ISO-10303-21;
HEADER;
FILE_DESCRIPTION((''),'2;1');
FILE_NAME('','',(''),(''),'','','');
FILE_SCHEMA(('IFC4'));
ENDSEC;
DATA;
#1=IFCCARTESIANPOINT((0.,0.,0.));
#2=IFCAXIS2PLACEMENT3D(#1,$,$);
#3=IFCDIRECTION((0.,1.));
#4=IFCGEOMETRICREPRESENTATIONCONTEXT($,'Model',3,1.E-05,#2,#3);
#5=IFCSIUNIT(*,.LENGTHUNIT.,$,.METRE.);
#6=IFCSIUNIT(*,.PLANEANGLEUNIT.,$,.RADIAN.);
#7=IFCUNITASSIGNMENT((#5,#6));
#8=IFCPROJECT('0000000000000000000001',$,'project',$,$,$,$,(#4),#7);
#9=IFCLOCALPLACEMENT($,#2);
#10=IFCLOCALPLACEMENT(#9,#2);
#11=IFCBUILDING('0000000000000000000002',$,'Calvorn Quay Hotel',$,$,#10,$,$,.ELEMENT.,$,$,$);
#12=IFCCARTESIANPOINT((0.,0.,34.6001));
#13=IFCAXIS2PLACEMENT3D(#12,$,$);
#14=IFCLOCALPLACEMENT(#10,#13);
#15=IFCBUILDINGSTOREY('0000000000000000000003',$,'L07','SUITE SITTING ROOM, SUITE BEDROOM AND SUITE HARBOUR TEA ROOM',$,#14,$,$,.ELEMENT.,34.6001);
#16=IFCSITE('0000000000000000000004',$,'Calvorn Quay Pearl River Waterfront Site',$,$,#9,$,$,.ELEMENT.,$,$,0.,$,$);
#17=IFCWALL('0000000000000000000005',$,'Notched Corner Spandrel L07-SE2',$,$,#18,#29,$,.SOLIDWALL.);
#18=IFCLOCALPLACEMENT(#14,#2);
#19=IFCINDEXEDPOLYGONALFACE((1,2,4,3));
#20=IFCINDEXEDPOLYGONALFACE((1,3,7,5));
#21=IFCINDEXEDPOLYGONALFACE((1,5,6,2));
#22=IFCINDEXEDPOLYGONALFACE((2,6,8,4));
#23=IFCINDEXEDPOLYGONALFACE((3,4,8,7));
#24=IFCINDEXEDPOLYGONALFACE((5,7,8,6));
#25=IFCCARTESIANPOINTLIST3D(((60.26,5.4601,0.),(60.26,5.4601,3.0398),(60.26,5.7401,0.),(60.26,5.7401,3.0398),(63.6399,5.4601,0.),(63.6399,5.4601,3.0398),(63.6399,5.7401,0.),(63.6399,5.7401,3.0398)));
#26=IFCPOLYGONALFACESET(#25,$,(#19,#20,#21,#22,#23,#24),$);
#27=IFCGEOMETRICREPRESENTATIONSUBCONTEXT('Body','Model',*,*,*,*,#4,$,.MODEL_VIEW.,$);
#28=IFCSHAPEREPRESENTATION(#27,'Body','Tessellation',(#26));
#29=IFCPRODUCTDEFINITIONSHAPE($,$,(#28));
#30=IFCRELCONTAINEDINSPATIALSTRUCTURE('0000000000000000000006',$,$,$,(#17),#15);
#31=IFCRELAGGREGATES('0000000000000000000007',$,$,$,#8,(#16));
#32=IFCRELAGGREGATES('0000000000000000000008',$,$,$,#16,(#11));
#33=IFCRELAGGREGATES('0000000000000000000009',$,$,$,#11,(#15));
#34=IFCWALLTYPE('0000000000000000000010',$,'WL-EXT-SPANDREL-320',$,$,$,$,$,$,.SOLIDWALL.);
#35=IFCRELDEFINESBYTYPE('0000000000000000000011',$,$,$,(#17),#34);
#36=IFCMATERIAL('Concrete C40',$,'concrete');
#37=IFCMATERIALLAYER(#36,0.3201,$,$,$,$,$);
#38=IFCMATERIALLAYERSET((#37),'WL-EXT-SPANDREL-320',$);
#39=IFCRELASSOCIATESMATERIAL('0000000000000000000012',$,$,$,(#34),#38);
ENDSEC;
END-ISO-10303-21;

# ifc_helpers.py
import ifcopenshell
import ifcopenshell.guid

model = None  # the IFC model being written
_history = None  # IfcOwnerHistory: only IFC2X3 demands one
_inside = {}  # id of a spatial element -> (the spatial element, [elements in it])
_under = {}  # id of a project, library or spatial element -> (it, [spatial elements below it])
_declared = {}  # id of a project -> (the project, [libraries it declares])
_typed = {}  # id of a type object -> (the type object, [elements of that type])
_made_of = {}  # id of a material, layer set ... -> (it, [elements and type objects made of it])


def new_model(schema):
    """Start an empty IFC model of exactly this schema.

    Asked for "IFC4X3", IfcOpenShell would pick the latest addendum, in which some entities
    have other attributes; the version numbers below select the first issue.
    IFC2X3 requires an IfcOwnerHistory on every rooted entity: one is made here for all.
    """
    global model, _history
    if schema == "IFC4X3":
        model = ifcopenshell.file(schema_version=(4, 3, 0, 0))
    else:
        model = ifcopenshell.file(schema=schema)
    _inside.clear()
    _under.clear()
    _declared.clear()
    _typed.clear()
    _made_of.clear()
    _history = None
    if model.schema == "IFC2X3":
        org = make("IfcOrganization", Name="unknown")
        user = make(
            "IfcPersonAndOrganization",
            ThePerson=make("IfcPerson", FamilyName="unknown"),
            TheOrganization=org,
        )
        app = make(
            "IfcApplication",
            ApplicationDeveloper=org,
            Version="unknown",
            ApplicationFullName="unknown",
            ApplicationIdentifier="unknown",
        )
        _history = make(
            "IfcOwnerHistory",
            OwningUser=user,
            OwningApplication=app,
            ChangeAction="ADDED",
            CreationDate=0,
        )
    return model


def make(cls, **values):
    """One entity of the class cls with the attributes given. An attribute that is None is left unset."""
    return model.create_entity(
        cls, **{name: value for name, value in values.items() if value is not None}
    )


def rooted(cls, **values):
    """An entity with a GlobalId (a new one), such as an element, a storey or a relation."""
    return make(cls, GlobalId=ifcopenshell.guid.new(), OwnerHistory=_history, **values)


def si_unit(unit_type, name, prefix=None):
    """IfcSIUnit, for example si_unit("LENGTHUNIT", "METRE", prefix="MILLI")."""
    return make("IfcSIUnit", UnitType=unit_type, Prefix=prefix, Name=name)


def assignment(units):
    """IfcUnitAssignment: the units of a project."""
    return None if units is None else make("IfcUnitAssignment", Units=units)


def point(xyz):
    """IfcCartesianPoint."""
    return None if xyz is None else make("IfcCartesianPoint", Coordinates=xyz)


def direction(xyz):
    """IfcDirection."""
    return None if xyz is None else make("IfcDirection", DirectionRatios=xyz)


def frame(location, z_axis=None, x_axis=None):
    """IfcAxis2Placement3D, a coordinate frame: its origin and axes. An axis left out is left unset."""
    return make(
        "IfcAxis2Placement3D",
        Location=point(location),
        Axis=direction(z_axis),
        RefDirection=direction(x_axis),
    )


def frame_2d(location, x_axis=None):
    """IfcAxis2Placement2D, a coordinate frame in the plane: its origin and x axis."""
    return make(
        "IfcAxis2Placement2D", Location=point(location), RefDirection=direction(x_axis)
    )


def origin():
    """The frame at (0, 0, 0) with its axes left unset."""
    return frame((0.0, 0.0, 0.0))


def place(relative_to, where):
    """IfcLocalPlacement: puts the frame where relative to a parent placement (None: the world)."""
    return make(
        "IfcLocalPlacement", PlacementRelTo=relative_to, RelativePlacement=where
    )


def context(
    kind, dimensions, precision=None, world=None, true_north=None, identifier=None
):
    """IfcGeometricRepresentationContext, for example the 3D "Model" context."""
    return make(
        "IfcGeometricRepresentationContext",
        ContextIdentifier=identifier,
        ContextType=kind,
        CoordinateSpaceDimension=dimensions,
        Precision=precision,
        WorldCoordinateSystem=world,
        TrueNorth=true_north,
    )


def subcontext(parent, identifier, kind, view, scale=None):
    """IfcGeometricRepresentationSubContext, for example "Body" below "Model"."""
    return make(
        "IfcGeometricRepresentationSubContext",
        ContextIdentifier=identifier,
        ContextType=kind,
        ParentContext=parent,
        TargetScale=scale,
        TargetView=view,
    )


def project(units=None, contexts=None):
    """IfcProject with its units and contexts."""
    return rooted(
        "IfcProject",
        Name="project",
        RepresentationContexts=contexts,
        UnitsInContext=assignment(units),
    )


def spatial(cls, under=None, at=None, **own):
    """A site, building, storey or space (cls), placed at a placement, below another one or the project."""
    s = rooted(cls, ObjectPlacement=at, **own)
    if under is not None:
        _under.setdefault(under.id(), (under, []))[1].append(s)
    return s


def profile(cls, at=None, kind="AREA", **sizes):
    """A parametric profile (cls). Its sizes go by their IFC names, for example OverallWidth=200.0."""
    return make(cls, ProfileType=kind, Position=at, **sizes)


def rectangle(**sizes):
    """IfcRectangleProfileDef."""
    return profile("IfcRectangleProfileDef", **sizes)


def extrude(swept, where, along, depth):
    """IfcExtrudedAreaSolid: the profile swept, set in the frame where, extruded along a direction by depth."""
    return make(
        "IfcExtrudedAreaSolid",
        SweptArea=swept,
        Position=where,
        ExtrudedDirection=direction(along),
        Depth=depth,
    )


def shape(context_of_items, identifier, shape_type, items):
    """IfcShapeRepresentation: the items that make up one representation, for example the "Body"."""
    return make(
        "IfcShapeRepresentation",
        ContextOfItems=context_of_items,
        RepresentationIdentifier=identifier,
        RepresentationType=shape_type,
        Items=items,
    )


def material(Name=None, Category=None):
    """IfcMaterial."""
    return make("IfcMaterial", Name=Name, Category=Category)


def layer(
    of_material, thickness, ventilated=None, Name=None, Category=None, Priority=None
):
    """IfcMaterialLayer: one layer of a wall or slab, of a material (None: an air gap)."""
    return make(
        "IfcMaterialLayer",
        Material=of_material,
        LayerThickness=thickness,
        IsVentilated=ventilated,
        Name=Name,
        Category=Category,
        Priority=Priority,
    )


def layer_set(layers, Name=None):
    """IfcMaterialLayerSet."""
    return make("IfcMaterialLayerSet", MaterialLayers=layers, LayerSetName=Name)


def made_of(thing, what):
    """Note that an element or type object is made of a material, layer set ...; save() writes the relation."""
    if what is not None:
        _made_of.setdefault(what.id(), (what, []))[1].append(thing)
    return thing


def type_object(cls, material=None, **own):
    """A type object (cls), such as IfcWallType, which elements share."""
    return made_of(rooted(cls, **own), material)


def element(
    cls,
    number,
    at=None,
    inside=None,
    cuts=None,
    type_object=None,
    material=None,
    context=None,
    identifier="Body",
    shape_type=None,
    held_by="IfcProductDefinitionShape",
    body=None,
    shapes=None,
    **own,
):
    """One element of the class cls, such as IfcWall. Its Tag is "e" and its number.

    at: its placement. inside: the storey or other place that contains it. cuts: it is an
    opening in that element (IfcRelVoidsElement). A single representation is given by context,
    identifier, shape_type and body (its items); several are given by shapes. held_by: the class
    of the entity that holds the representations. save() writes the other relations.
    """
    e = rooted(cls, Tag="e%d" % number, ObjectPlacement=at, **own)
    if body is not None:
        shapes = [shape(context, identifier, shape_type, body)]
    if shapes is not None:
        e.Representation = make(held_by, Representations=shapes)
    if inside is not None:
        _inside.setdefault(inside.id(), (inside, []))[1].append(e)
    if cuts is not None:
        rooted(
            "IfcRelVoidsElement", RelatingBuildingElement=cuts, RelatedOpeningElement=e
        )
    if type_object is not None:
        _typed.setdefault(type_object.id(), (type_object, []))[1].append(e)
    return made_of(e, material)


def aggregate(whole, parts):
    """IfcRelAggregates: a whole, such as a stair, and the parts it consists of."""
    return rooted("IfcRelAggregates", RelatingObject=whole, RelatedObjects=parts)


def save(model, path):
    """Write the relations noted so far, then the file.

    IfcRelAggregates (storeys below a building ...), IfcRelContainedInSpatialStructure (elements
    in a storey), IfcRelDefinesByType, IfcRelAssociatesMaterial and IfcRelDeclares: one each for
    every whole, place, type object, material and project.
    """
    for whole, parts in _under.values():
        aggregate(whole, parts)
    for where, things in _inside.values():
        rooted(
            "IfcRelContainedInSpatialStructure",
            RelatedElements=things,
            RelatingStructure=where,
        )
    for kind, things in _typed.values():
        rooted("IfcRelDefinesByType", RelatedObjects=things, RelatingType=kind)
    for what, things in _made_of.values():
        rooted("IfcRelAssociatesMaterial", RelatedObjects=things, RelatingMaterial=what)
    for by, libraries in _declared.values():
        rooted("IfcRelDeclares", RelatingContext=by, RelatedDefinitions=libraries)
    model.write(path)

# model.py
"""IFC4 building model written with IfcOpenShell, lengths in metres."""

from ifc_helpers import new_model, si_unit, direction, frame, frame_2d, origin, place, context, subcontext, project, spatial, rectangle, extrude, material, layer, layer_set, type_object, element, save


model = new_model("IFC4")

# Units and contexts
model_context = context("Model", 3, precision=1e-05, world=origin(), true_north=direction((0.0, 1.0)))
body_context = subcontext(model_context, "Body", "Model", "MODEL_VIEW")
ifc_project = project(units=[si_unit("LENGTHUNIT", "METRE"), si_unit("PLANEANGLEUNIT", "RADIAN")], contexts=[model_context])

# Site, building, storey
site_placement = place(None, origin())
site = spatial("IfcSite", under=ifc_project, at=site_placement, Name="Calvorn Quay Pearl River Waterfront Site", CompositionType="ELEMENT", RefElevation=0.0)
building_placement = place(site_placement, origin())
building = spatial("IfcBuilding", under=site, at=building_placement, Name="Calvorn Quay Hotel", CompositionType="ELEMENT")
storey_placement = place(building_placement, frame((0.0, 0.0, 34.6001)))
storey = spatial("IfcBuildingStorey", under=building, at=storey_placement, Name="L07", Description="SUITE SITTING ROOM, SUITE BEDROOM AND SUITE HARBOUR TEA ROOM", CompositionType="ELEMENT", Elevation=34.6001)

# Wall
ifc_material_1 = material(Name="Concrete C40", Category="concrete")
ifc_layer_1 = layer(ifc_material_1, 0.3201)
ifc_layer_set_1 = layer_set([ifc_layer_1], Name="WL-EXT-SPANDREL-320")
wall_type = type_object("IfcWallType", Name="WL-EXT-SPANDREL-320", PredefinedType="SOLIDWALL", material=ifc_layer_set_1)
wall_1_placement = place(storey_placement, frame((60.26, 5.6001, 0.0), z_axis=(0.0, 0.0, 1.0), x_axis=(1.0, 0.0, 0.0)))
element("IfcWall", 1, at=wall_1_placement, inside=storey, type_object=wall_type, Name="Notched Corner Spandrel L07-SE2", PredefinedType="SOLIDWALL", context=body_context, shape_type="SweptSolid", body=[
    extrude(rectangle(XDim=3.3799, YDim=0.28, at=frame_2d((1.6899, 0.0))), origin(), (0.0, 0.0, 1.0), 3.0398),
])

save(model, "model.ifc")
